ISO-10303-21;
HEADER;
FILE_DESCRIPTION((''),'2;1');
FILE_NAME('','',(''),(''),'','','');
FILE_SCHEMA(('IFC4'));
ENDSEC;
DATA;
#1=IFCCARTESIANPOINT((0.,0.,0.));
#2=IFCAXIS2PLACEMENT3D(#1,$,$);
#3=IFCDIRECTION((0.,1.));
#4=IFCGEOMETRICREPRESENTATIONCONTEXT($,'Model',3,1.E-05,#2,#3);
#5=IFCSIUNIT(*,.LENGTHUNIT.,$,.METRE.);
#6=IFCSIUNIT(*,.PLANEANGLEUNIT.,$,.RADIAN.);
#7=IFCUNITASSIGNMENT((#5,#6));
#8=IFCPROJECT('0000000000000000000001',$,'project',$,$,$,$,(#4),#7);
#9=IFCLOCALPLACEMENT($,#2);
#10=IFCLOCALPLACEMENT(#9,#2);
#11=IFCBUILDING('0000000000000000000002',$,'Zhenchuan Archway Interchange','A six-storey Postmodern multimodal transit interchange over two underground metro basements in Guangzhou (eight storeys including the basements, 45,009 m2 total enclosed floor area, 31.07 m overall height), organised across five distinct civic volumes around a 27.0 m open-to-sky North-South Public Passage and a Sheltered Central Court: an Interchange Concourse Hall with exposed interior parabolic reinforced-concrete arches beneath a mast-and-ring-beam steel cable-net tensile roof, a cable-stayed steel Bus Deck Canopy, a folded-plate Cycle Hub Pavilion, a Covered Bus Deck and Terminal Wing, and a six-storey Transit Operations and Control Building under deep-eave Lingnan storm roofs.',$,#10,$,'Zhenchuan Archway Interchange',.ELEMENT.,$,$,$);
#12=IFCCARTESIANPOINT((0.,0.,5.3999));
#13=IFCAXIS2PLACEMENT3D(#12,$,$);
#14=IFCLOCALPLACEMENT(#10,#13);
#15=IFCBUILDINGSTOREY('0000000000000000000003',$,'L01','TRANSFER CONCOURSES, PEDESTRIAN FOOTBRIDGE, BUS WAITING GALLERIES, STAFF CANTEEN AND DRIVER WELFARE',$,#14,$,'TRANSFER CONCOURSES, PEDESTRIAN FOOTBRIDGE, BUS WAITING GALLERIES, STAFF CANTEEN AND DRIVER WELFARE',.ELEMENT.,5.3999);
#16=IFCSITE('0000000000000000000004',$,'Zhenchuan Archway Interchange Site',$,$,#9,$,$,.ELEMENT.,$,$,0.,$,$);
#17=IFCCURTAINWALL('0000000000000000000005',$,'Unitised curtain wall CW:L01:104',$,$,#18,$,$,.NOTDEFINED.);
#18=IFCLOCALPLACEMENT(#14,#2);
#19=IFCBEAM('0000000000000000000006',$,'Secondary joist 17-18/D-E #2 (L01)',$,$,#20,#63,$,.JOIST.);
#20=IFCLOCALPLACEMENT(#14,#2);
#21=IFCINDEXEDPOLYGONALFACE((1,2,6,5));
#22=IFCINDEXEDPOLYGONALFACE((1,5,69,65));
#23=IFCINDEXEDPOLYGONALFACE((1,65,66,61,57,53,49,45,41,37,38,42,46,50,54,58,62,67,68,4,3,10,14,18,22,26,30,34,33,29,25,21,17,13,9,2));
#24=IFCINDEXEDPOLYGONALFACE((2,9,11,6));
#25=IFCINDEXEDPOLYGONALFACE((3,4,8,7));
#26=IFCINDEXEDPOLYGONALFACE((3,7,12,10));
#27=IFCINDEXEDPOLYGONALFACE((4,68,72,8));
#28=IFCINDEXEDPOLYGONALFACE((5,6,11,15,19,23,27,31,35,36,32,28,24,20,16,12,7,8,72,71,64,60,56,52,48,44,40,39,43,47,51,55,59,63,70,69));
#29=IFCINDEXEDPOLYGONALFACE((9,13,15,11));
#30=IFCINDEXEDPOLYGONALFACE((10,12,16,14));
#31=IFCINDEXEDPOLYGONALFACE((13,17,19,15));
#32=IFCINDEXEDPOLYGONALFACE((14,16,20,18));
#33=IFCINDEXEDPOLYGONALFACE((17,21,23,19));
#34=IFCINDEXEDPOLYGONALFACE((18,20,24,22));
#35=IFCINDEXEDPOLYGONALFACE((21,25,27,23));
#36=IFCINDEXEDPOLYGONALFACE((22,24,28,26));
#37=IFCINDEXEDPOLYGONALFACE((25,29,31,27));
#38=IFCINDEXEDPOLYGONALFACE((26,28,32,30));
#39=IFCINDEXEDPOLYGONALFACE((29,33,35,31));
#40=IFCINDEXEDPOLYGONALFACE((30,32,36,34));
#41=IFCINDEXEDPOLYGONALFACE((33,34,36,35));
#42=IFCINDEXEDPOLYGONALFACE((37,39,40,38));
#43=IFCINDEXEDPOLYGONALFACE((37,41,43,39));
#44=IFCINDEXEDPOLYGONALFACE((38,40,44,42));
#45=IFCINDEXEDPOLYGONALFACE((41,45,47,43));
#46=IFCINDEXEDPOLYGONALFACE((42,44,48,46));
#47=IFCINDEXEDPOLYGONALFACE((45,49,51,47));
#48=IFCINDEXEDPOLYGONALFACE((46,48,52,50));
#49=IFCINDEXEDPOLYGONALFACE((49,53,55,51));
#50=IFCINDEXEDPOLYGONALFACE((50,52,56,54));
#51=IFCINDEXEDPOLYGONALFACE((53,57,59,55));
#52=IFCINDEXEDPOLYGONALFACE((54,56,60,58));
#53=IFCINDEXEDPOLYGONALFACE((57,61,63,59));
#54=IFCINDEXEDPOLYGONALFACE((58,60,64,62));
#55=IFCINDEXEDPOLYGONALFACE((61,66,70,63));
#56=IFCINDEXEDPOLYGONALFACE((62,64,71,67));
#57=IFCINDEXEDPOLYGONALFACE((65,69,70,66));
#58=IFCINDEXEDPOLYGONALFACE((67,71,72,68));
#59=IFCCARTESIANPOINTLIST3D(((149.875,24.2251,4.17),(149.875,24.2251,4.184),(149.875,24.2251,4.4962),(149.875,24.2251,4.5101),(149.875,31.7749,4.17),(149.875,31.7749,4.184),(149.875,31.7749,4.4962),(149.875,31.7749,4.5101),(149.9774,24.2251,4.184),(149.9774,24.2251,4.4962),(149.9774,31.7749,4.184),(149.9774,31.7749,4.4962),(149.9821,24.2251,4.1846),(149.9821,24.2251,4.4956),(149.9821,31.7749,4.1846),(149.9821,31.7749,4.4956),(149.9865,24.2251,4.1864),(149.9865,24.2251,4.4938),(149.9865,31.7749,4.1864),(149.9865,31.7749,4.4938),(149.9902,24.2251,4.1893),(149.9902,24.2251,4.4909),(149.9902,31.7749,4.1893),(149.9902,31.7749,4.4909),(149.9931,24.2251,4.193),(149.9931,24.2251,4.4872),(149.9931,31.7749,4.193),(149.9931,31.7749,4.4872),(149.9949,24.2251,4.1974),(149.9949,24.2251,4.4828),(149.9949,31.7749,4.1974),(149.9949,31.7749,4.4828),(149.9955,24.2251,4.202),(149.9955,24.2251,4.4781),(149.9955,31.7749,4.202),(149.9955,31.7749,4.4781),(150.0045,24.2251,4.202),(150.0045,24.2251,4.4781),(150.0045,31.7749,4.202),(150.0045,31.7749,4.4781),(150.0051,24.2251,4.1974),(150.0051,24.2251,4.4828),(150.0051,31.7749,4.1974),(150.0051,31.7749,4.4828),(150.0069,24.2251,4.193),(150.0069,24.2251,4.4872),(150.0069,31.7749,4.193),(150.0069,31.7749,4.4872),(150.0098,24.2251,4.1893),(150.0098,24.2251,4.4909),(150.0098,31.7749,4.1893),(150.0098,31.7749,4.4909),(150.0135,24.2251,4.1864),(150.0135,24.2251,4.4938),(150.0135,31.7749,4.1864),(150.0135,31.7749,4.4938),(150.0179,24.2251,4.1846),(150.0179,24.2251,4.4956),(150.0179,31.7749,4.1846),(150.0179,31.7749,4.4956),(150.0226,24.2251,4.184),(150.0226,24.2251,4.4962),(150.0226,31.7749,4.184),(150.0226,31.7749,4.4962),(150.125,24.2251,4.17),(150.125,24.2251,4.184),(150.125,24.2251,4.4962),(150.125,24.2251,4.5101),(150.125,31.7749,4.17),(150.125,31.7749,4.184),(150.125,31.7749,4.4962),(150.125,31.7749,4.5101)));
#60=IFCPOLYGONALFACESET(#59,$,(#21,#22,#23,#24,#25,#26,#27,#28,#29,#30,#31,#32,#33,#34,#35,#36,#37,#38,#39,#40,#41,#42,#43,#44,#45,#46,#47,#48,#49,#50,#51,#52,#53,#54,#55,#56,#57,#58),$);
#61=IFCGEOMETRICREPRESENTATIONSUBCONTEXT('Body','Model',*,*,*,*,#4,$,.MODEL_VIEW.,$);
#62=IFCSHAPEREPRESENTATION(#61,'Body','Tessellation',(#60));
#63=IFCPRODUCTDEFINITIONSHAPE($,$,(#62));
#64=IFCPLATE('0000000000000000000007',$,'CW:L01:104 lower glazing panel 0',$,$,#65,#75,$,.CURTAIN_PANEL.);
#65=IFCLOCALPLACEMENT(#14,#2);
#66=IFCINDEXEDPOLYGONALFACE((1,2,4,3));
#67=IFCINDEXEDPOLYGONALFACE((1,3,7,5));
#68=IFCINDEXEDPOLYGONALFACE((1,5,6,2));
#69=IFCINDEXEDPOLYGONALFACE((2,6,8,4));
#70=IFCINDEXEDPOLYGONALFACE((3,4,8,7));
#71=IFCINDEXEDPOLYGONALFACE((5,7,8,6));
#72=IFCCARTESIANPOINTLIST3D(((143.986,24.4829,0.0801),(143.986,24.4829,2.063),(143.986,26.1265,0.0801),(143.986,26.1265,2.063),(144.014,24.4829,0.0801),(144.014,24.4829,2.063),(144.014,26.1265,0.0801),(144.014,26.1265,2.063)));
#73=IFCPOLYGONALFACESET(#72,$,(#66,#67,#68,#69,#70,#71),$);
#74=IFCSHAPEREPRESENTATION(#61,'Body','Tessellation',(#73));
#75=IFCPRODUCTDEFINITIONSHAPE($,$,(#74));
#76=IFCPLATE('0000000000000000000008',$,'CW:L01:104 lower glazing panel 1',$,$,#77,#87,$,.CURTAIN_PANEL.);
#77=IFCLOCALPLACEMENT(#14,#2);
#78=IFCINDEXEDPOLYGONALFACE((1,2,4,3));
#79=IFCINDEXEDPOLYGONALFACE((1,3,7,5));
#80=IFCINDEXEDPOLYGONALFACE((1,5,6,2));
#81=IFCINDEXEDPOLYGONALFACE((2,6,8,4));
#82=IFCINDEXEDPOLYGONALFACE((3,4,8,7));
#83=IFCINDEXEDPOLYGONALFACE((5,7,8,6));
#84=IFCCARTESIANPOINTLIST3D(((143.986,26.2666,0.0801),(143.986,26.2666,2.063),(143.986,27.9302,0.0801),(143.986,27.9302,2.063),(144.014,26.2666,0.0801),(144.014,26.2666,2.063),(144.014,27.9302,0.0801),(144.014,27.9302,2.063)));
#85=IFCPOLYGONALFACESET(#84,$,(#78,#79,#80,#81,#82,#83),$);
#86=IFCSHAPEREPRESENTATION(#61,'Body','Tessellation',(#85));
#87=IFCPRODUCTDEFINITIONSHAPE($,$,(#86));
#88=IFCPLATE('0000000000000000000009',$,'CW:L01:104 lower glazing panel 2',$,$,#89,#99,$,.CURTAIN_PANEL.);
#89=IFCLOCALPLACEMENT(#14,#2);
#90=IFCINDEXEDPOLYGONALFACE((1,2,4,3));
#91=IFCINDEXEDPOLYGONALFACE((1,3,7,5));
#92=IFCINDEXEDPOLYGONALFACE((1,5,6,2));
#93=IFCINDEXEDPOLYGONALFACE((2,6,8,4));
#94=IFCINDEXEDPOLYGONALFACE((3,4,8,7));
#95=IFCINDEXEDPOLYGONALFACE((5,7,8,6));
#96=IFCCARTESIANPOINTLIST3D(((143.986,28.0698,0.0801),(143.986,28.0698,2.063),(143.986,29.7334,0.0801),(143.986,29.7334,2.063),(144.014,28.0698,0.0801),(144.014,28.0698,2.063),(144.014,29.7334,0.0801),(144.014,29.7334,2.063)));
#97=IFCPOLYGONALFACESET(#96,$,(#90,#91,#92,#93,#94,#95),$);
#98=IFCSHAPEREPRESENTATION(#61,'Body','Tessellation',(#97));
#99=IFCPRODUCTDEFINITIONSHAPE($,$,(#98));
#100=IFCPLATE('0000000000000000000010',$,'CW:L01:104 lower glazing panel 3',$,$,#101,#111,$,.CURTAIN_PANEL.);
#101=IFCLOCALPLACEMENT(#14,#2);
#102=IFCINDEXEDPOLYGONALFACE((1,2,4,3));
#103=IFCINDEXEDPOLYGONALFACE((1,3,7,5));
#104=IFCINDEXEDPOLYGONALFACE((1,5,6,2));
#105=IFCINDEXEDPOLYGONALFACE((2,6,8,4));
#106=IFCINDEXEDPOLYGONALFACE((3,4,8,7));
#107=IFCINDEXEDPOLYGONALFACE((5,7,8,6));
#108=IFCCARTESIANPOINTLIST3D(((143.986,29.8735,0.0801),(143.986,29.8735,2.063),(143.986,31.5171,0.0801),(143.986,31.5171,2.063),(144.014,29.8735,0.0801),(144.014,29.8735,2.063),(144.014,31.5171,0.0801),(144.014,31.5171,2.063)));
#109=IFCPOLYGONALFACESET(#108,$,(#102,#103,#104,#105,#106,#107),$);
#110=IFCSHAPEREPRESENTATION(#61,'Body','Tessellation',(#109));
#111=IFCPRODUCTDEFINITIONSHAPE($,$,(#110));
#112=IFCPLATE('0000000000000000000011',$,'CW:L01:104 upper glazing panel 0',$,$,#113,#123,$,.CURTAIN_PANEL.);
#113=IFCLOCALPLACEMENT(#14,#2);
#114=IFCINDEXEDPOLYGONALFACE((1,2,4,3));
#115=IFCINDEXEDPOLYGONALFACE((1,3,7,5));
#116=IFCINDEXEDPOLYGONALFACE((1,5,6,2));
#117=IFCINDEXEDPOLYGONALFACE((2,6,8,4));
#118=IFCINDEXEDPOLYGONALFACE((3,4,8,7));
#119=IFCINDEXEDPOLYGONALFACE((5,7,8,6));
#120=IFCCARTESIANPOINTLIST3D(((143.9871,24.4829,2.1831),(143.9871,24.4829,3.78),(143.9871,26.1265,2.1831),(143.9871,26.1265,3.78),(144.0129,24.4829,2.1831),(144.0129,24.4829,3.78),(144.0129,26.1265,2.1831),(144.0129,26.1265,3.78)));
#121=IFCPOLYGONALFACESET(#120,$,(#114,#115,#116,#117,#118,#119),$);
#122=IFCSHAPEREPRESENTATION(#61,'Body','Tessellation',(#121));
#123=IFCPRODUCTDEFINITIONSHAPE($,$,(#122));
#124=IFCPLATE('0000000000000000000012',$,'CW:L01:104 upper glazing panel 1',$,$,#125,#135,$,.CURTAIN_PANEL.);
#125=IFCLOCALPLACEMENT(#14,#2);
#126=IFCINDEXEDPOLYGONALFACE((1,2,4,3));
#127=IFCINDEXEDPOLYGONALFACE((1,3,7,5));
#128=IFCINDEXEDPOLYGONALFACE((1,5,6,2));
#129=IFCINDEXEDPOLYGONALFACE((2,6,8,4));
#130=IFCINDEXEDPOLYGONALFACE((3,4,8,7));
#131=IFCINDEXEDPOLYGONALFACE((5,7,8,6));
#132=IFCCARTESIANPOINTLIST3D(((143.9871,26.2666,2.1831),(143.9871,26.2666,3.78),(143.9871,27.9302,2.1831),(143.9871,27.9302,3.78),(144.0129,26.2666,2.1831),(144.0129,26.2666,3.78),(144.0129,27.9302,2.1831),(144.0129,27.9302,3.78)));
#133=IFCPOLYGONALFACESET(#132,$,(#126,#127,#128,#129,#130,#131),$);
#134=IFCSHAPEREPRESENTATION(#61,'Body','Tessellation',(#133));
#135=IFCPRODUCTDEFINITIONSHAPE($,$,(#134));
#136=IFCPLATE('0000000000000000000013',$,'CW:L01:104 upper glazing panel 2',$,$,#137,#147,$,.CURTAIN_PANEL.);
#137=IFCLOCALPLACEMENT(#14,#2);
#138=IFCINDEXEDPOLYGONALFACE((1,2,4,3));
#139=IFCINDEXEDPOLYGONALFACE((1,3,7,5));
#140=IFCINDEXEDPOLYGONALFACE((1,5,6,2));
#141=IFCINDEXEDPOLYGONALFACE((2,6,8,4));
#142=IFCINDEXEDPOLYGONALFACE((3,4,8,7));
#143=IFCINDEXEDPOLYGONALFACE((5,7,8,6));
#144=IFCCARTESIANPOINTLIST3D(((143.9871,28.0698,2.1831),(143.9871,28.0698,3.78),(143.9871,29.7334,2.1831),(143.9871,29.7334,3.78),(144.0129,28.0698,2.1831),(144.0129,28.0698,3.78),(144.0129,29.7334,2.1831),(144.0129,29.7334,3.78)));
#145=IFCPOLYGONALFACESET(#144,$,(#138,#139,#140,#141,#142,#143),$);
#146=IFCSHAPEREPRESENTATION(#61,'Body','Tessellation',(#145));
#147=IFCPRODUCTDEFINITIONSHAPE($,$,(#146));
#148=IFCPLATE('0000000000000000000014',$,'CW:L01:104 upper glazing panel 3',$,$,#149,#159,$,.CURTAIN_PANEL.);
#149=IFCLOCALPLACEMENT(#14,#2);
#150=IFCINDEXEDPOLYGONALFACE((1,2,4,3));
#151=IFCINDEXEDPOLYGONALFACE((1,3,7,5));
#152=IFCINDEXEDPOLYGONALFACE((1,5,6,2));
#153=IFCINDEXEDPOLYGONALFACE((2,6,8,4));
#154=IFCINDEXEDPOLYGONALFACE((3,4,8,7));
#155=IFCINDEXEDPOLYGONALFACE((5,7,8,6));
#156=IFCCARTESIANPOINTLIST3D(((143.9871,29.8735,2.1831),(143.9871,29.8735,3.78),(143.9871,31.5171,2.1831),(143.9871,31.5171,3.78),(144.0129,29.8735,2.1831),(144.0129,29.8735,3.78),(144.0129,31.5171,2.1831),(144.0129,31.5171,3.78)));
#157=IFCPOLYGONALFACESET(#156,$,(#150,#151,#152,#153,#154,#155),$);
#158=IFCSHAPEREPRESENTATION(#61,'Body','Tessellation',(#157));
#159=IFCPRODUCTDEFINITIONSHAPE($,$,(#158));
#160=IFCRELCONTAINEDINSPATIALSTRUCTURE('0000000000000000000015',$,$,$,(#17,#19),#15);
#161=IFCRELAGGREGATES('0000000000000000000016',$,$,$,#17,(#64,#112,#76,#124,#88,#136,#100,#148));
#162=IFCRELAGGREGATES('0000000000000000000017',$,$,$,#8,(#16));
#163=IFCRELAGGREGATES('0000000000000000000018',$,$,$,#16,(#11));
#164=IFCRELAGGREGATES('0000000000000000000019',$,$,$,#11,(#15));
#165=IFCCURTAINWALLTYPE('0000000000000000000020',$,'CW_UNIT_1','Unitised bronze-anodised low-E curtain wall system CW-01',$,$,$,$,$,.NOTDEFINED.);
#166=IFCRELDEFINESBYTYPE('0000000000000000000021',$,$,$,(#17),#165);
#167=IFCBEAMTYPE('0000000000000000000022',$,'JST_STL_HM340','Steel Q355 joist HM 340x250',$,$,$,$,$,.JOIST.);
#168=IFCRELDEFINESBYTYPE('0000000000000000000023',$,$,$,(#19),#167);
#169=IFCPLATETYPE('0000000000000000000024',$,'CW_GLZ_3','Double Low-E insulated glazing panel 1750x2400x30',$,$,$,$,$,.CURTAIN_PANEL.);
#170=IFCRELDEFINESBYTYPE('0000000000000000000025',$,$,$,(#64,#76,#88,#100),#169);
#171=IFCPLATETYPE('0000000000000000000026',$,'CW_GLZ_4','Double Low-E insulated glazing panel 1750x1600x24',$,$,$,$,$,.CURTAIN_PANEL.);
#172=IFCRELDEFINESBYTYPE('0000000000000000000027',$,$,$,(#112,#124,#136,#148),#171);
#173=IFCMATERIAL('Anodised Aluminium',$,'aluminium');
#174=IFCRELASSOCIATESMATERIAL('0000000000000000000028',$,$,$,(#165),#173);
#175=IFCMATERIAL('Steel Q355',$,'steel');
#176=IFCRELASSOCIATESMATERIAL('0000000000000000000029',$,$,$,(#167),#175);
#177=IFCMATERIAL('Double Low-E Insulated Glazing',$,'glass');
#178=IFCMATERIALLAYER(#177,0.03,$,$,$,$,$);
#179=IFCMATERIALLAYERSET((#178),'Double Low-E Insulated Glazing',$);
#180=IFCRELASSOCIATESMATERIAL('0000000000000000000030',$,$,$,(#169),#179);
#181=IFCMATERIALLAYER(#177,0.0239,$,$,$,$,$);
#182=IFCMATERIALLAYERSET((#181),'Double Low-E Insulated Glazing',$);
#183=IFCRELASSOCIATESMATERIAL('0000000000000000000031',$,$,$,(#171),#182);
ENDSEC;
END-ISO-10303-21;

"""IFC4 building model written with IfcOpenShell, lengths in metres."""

from ifc_helpers import new_model, si_unit, direction, frame, origin, origin_2d, place, context, subcontext, project, spatial, rectangle, i_section, extrude, material, layer, layer_set, material_profile, profile_set, type_object, element, aggregate, save


model = new_model("IFC4")

# Units and contexts
model_context = context("Model", 3, precision=1e-05, world=origin(), true_north=direction((0.0, 1.0)))
body_context = subcontext(model_context, "Body", "Model", "MODEL_VIEW")
ifc_project = project(units=[si_unit("LENGTHUNIT", "METRE"), si_unit("PLANEANGLEUNIT", "RADIAN")], contexts=[model_context])

# Site, building, storey
site_placement = place(None, origin())
site = spatial("IfcSite", under=ifc_project, at=site_placement, Name="Zhenchuan Archway Interchange Site", CompositionType="ELEMENT", RefElevation=0.0)
building_placement = place(site_placement, origin())
building = spatial("IfcBuilding", under=site, at=building_placement, Name="Zhenchuan Archway Interchange", Description="A six-storey Postmodern multimodal transit interchange over two underground metro basements in Guangzhou (eight storeys including the basements, 45,009 m2 total enclosed floor area, 31.07 m overall height), organised across five distinct civic volumes around a 27.0 m open-to-sky North-South Public Passage and a Sheltered Central Court: an Interchange Concourse Hall with exposed interior parabolic reinforced-concrete arches beneath a mast-and-ring-beam steel cable-net tensile roof, a cable-stayed steel Bus Deck Canopy, a folded-plate Cycle Hub Pavilion, a Covered Bus Deck and Terminal Wing, and a six-storey Transit Operations and Control Building under deep-eave Lingnan storm roofs.", LongName="Zhenchuan Archway Interchange", CompositionType="ELEMENT")
storey_placement = place(building_placement, frame((0.0, 0.0, 5.3999)))
storey = spatial("IfcBuildingStorey", under=building, at=storey_placement, Name="L01", Description="TRANSFER CONCOURSES, PEDESTRIAN FOOTBRIDGE, BUS WAITING GALLERIES, STAFF CANTEEN AND DRIVER WELFARE", LongName="TRANSFER CONCOURSES, PEDESTRIAN FOOTBRIDGE, BUS WAITING GALLERIES, STAFF CANTEEN AND DRIVER WELFARE", CompositionType="ELEMENT", Elevation=5.3999)

# Curtain wall
ifc_material_1 = material(Name="Anodised Aluminium", Category="aluminium")
curtain_wall_type = type_object("IfcCurtainWallType", Name="CW_UNIT_1", Description="Unitised bronze-anodised low-E curtain wall system CW-01", PredefinedType="NOTDEFINED", material=ifc_material_1)
curtain_wall_placement = place(storey_placement, origin())
curtain_wall = element("IfcCurtainWall", 1, at=curtain_wall_placement, inside=storey, type_object=curtain_wall_type, Name="Unitised curtain wall CW:L01:104", PredefinedType="NOTDEFINED")

# Beam
ifc_material_2 = material(Name="Steel Q355", Category="steel")
ifc_material_profile_1 = material_profile(ifc_material_2, i_section(OverallWidth=0.25, OverallDepth=0.3401, WebThickness=0.009, FlangeThickness=0.0139, FilletRadius=0.0181, at=origin_2d()), Name="HM 340x250")
ifc_profile_set_1 = profile_set([ifc_material_profile_1], Name="Steel Q355")
beam_type_1 = type_object("IfcBeamType", Name="JST_STL_HM340", Description="Steel Q355 joist HM 340x250", PredefinedType="JOIST", material=ifc_profile_set_1)
for number, where, z_axis, x_axis, name in (
    (2, (150.0, 24.2251, 4.3401), (0.0, 1.0, 0.0), (-1.0, 0.0, 0.0), "Secondary joist 17-18/D-E #2 (L01)"),
):
    element("IfcBeam", number, at=place(storey_placement, frame(where, z_axis=z_axis, x_axis=x_axis)), inside=storey, type_object=beam_type_1, Name=name, PredefinedType="JOIST", context=body_context, shape_type="SweptSolid", body=[
        extrude(i_section(OverallWidth=0.25, OverallDepth=0.3401, WebThickness=0.009, FlangeThickness=0.0139, FilletRadius=0.0181, at=origin_2d()), origin(), (0.0, 0.0, 1.0), 7.5498),
    ])

# Plates
ifc_material_3 = material(Name="Double Low-E Insulated Glazing", Category="glass")
ifc_layer_1 = layer(ifc_material_3, 0.03)
ifc_layer_set_1 = layer_set([ifc_layer_1], Name="Double Low-E Insulated Glazing")
plate_type_1 = type_object("IfcPlateType", Name="CW_GLZ_3", Description="Double Low-E insulated glazing panel 1750x2400x30", PredefinedType="CURTAIN_PANEL", material=ifc_layer_set_1)
plate_1_placement = place(storey_placement, frame((144.0, 25.3047, 0.0801), z_axis=(0.0, 0.0, 1.0), x_axis=(0.0, 1.0, 0.0)))
plate_1 = element("IfcPlate", 3, at=plate_1_placement, type_object=plate_type_1, Name="CW:L01:104 lower glazing panel 0", PredefinedType="CURTAIN_PANEL", context=body_context, shape_type="SweptSolid", body=[
    extrude(rectangle(XDim=1.6436, YDim=0.0281, at=origin_2d()), origin(), (0.0, 0.0, 1.0), 1.9829),
])
plate_2_placement = place(storey_placement, frame((144.0, 27.0984, 0.0801), z_axis=(0.0, 0.0, 1.0), x_axis=(0.0, 1.0, 0.0)))
plate_2 = element("IfcPlate", 4, at=plate_2_placement, type_object=plate_type_1, Name="CW:L01:104 lower glazing panel 1", PredefinedType="CURTAIN_PANEL", context=body_context, shape_type="SweptSolid", body=[
    extrude(rectangle(XDim=1.6636, YDim=0.0281, at=origin_2d()), origin(), (0.0, 0.0, 1.0), 1.9829),
])
plate_3_placement = place(storey_placement, frame((144.0, 28.9016, 0.0801), z_axis=(0.0, 0.0, 1.0), x_axis=(0.0, 1.0, 0.0)))
plate_3 = element("IfcPlate", 5, at=plate_3_placement, type_object=plate_type_1, Name="CW:L01:104 lower glazing panel 2", PredefinedType="CURTAIN_PANEL", context=body_context, shape_type="SweptSolid", body=[
    extrude(rectangle(XDim=1.6636, YDim=0.0281, at=origin_2d()), origin(), (0.0, 0.0, 1.0), 1.9829),
])
plate_4_placement = place(storey_placement, frame((144.0, 30.6953, 0.0801), z_axis=(0.0, 0.0, 1.0), x_axis=(0.0, 1.0, 0.0)))
plate_4 = element("IfcPlate", 6, at=plate_4_placement, type_object=plate_type_1, Name="CW:L01:104 lower glazing panel 3", PredefinedType="CURTAIN_PANEL", context=body_context, shape_type="SweptSolid", body=[
    extrude(rectangle(XDim=1.6436, YDim=0.0281, at=origin_2d()), origin(), (0.0, 0.0, 1.0), 1.9829),
])
ifc_layer_2 = layer(ifc_material_3, 0.0239)
ifc_layer_set_2 = layer_set([ifc_layer_2], Name="Double Low-E Insulated Glazing")
plate_type_2 = type_object("IfcPlateType", Name="CW_GLZ_4", Description="Double Low-E insulated glazing panel 1750x1600x24", PredefinedType="CURTAIN_PANEL", material=ifc_layer_set_2)
plate_5_placement = place(storey_placement, frame((144.0, 25.3047, 2.1831), z_axis=(0.0, 0.0, 1.0), x_axis=(0.0, 1.0, 0.0)))
plate_5 = element("IfcPlate", 7, at=plate_5_placement, type_object=plate_type_2, Name="CW:L01:104 upper glazing panel 0", PredefinedType="CURTAIN_PANEL", context=body_context, shape_type="SweptSolid", body=[
    extrude(rectangle(XDim=1.6436, YDim=0.0259, at=origin_2d()), origin(), (0.0, 0.0, 1.0), 1.5969),
])
plate_6_placement = place(storey_placement, frame((144.0, 27.0984, 2.1831), z_axis=(0.0, 0.0, 1.0), x_axis=(0.0, 1.0, 0.0)))
plate_6 = element("IfcPlate", 8, at=plate_6_placement, type_object=plate_type_2, Name="CW:L01:104 upper glazing panel 1", PredefinedType="CURTAIN_PANEL", context=body_context, shape_type="SweptSolid", body=[
    extrude(rectangle(XDim=1.6636, YDim=0.0259, at=origin_2d()), origin(), (0.0, 0.0, 1.0), 1.5969),
])
plate_7_placement = place(storey_placement, frame((144.0, 28.9016, 2.1831), z_axis=(0.0, 0.0, 1.0), x_axis=(0.0, 1.0, 0.0)))
plate_7 = element("IfcPlate", 9, at=plate_7_placement, type_object=plate_type_2, Name="CW:L01:104 upper glazing panel 2", PredefinedType="CURTAIN_PANEL", context=body_context, shape_type="SweptSolid", body=[
    extrude(rectangle(XDim=1.6636, YDim=0.0259, at=origin_2d()), origin(), (0.0, 0.0, 1.0), 1.5969),
])
plate_8_placement = place(storey_placement, frame((144.0, 30.6953, 2.1831), z_axis=(0.0, 0.0, 1.0), x_axis=(0.0, 1.0, 0.0)))
plate_8 = element("IfcPlate", 10, at=plate_8_placement, type_object=plate_type_2, Name="CW:L01:104 upper glazing panel 3", PredefinedType="CURTAIN_PANEL", context=body_context, shape_type="SweptSolid", body=[
    extrude(rectangle(XDim=1.6436, YDim=0.0259, at=origin_2d()), origin(), (0.0, 0.0, 1.0), 1.5969),
])
aggregate(curtain_wall, [plate_1, plate_5, plate_2, plate_6, plate_3, plate_7, plate_4, plate_8])

save(model, "model.ifc")
